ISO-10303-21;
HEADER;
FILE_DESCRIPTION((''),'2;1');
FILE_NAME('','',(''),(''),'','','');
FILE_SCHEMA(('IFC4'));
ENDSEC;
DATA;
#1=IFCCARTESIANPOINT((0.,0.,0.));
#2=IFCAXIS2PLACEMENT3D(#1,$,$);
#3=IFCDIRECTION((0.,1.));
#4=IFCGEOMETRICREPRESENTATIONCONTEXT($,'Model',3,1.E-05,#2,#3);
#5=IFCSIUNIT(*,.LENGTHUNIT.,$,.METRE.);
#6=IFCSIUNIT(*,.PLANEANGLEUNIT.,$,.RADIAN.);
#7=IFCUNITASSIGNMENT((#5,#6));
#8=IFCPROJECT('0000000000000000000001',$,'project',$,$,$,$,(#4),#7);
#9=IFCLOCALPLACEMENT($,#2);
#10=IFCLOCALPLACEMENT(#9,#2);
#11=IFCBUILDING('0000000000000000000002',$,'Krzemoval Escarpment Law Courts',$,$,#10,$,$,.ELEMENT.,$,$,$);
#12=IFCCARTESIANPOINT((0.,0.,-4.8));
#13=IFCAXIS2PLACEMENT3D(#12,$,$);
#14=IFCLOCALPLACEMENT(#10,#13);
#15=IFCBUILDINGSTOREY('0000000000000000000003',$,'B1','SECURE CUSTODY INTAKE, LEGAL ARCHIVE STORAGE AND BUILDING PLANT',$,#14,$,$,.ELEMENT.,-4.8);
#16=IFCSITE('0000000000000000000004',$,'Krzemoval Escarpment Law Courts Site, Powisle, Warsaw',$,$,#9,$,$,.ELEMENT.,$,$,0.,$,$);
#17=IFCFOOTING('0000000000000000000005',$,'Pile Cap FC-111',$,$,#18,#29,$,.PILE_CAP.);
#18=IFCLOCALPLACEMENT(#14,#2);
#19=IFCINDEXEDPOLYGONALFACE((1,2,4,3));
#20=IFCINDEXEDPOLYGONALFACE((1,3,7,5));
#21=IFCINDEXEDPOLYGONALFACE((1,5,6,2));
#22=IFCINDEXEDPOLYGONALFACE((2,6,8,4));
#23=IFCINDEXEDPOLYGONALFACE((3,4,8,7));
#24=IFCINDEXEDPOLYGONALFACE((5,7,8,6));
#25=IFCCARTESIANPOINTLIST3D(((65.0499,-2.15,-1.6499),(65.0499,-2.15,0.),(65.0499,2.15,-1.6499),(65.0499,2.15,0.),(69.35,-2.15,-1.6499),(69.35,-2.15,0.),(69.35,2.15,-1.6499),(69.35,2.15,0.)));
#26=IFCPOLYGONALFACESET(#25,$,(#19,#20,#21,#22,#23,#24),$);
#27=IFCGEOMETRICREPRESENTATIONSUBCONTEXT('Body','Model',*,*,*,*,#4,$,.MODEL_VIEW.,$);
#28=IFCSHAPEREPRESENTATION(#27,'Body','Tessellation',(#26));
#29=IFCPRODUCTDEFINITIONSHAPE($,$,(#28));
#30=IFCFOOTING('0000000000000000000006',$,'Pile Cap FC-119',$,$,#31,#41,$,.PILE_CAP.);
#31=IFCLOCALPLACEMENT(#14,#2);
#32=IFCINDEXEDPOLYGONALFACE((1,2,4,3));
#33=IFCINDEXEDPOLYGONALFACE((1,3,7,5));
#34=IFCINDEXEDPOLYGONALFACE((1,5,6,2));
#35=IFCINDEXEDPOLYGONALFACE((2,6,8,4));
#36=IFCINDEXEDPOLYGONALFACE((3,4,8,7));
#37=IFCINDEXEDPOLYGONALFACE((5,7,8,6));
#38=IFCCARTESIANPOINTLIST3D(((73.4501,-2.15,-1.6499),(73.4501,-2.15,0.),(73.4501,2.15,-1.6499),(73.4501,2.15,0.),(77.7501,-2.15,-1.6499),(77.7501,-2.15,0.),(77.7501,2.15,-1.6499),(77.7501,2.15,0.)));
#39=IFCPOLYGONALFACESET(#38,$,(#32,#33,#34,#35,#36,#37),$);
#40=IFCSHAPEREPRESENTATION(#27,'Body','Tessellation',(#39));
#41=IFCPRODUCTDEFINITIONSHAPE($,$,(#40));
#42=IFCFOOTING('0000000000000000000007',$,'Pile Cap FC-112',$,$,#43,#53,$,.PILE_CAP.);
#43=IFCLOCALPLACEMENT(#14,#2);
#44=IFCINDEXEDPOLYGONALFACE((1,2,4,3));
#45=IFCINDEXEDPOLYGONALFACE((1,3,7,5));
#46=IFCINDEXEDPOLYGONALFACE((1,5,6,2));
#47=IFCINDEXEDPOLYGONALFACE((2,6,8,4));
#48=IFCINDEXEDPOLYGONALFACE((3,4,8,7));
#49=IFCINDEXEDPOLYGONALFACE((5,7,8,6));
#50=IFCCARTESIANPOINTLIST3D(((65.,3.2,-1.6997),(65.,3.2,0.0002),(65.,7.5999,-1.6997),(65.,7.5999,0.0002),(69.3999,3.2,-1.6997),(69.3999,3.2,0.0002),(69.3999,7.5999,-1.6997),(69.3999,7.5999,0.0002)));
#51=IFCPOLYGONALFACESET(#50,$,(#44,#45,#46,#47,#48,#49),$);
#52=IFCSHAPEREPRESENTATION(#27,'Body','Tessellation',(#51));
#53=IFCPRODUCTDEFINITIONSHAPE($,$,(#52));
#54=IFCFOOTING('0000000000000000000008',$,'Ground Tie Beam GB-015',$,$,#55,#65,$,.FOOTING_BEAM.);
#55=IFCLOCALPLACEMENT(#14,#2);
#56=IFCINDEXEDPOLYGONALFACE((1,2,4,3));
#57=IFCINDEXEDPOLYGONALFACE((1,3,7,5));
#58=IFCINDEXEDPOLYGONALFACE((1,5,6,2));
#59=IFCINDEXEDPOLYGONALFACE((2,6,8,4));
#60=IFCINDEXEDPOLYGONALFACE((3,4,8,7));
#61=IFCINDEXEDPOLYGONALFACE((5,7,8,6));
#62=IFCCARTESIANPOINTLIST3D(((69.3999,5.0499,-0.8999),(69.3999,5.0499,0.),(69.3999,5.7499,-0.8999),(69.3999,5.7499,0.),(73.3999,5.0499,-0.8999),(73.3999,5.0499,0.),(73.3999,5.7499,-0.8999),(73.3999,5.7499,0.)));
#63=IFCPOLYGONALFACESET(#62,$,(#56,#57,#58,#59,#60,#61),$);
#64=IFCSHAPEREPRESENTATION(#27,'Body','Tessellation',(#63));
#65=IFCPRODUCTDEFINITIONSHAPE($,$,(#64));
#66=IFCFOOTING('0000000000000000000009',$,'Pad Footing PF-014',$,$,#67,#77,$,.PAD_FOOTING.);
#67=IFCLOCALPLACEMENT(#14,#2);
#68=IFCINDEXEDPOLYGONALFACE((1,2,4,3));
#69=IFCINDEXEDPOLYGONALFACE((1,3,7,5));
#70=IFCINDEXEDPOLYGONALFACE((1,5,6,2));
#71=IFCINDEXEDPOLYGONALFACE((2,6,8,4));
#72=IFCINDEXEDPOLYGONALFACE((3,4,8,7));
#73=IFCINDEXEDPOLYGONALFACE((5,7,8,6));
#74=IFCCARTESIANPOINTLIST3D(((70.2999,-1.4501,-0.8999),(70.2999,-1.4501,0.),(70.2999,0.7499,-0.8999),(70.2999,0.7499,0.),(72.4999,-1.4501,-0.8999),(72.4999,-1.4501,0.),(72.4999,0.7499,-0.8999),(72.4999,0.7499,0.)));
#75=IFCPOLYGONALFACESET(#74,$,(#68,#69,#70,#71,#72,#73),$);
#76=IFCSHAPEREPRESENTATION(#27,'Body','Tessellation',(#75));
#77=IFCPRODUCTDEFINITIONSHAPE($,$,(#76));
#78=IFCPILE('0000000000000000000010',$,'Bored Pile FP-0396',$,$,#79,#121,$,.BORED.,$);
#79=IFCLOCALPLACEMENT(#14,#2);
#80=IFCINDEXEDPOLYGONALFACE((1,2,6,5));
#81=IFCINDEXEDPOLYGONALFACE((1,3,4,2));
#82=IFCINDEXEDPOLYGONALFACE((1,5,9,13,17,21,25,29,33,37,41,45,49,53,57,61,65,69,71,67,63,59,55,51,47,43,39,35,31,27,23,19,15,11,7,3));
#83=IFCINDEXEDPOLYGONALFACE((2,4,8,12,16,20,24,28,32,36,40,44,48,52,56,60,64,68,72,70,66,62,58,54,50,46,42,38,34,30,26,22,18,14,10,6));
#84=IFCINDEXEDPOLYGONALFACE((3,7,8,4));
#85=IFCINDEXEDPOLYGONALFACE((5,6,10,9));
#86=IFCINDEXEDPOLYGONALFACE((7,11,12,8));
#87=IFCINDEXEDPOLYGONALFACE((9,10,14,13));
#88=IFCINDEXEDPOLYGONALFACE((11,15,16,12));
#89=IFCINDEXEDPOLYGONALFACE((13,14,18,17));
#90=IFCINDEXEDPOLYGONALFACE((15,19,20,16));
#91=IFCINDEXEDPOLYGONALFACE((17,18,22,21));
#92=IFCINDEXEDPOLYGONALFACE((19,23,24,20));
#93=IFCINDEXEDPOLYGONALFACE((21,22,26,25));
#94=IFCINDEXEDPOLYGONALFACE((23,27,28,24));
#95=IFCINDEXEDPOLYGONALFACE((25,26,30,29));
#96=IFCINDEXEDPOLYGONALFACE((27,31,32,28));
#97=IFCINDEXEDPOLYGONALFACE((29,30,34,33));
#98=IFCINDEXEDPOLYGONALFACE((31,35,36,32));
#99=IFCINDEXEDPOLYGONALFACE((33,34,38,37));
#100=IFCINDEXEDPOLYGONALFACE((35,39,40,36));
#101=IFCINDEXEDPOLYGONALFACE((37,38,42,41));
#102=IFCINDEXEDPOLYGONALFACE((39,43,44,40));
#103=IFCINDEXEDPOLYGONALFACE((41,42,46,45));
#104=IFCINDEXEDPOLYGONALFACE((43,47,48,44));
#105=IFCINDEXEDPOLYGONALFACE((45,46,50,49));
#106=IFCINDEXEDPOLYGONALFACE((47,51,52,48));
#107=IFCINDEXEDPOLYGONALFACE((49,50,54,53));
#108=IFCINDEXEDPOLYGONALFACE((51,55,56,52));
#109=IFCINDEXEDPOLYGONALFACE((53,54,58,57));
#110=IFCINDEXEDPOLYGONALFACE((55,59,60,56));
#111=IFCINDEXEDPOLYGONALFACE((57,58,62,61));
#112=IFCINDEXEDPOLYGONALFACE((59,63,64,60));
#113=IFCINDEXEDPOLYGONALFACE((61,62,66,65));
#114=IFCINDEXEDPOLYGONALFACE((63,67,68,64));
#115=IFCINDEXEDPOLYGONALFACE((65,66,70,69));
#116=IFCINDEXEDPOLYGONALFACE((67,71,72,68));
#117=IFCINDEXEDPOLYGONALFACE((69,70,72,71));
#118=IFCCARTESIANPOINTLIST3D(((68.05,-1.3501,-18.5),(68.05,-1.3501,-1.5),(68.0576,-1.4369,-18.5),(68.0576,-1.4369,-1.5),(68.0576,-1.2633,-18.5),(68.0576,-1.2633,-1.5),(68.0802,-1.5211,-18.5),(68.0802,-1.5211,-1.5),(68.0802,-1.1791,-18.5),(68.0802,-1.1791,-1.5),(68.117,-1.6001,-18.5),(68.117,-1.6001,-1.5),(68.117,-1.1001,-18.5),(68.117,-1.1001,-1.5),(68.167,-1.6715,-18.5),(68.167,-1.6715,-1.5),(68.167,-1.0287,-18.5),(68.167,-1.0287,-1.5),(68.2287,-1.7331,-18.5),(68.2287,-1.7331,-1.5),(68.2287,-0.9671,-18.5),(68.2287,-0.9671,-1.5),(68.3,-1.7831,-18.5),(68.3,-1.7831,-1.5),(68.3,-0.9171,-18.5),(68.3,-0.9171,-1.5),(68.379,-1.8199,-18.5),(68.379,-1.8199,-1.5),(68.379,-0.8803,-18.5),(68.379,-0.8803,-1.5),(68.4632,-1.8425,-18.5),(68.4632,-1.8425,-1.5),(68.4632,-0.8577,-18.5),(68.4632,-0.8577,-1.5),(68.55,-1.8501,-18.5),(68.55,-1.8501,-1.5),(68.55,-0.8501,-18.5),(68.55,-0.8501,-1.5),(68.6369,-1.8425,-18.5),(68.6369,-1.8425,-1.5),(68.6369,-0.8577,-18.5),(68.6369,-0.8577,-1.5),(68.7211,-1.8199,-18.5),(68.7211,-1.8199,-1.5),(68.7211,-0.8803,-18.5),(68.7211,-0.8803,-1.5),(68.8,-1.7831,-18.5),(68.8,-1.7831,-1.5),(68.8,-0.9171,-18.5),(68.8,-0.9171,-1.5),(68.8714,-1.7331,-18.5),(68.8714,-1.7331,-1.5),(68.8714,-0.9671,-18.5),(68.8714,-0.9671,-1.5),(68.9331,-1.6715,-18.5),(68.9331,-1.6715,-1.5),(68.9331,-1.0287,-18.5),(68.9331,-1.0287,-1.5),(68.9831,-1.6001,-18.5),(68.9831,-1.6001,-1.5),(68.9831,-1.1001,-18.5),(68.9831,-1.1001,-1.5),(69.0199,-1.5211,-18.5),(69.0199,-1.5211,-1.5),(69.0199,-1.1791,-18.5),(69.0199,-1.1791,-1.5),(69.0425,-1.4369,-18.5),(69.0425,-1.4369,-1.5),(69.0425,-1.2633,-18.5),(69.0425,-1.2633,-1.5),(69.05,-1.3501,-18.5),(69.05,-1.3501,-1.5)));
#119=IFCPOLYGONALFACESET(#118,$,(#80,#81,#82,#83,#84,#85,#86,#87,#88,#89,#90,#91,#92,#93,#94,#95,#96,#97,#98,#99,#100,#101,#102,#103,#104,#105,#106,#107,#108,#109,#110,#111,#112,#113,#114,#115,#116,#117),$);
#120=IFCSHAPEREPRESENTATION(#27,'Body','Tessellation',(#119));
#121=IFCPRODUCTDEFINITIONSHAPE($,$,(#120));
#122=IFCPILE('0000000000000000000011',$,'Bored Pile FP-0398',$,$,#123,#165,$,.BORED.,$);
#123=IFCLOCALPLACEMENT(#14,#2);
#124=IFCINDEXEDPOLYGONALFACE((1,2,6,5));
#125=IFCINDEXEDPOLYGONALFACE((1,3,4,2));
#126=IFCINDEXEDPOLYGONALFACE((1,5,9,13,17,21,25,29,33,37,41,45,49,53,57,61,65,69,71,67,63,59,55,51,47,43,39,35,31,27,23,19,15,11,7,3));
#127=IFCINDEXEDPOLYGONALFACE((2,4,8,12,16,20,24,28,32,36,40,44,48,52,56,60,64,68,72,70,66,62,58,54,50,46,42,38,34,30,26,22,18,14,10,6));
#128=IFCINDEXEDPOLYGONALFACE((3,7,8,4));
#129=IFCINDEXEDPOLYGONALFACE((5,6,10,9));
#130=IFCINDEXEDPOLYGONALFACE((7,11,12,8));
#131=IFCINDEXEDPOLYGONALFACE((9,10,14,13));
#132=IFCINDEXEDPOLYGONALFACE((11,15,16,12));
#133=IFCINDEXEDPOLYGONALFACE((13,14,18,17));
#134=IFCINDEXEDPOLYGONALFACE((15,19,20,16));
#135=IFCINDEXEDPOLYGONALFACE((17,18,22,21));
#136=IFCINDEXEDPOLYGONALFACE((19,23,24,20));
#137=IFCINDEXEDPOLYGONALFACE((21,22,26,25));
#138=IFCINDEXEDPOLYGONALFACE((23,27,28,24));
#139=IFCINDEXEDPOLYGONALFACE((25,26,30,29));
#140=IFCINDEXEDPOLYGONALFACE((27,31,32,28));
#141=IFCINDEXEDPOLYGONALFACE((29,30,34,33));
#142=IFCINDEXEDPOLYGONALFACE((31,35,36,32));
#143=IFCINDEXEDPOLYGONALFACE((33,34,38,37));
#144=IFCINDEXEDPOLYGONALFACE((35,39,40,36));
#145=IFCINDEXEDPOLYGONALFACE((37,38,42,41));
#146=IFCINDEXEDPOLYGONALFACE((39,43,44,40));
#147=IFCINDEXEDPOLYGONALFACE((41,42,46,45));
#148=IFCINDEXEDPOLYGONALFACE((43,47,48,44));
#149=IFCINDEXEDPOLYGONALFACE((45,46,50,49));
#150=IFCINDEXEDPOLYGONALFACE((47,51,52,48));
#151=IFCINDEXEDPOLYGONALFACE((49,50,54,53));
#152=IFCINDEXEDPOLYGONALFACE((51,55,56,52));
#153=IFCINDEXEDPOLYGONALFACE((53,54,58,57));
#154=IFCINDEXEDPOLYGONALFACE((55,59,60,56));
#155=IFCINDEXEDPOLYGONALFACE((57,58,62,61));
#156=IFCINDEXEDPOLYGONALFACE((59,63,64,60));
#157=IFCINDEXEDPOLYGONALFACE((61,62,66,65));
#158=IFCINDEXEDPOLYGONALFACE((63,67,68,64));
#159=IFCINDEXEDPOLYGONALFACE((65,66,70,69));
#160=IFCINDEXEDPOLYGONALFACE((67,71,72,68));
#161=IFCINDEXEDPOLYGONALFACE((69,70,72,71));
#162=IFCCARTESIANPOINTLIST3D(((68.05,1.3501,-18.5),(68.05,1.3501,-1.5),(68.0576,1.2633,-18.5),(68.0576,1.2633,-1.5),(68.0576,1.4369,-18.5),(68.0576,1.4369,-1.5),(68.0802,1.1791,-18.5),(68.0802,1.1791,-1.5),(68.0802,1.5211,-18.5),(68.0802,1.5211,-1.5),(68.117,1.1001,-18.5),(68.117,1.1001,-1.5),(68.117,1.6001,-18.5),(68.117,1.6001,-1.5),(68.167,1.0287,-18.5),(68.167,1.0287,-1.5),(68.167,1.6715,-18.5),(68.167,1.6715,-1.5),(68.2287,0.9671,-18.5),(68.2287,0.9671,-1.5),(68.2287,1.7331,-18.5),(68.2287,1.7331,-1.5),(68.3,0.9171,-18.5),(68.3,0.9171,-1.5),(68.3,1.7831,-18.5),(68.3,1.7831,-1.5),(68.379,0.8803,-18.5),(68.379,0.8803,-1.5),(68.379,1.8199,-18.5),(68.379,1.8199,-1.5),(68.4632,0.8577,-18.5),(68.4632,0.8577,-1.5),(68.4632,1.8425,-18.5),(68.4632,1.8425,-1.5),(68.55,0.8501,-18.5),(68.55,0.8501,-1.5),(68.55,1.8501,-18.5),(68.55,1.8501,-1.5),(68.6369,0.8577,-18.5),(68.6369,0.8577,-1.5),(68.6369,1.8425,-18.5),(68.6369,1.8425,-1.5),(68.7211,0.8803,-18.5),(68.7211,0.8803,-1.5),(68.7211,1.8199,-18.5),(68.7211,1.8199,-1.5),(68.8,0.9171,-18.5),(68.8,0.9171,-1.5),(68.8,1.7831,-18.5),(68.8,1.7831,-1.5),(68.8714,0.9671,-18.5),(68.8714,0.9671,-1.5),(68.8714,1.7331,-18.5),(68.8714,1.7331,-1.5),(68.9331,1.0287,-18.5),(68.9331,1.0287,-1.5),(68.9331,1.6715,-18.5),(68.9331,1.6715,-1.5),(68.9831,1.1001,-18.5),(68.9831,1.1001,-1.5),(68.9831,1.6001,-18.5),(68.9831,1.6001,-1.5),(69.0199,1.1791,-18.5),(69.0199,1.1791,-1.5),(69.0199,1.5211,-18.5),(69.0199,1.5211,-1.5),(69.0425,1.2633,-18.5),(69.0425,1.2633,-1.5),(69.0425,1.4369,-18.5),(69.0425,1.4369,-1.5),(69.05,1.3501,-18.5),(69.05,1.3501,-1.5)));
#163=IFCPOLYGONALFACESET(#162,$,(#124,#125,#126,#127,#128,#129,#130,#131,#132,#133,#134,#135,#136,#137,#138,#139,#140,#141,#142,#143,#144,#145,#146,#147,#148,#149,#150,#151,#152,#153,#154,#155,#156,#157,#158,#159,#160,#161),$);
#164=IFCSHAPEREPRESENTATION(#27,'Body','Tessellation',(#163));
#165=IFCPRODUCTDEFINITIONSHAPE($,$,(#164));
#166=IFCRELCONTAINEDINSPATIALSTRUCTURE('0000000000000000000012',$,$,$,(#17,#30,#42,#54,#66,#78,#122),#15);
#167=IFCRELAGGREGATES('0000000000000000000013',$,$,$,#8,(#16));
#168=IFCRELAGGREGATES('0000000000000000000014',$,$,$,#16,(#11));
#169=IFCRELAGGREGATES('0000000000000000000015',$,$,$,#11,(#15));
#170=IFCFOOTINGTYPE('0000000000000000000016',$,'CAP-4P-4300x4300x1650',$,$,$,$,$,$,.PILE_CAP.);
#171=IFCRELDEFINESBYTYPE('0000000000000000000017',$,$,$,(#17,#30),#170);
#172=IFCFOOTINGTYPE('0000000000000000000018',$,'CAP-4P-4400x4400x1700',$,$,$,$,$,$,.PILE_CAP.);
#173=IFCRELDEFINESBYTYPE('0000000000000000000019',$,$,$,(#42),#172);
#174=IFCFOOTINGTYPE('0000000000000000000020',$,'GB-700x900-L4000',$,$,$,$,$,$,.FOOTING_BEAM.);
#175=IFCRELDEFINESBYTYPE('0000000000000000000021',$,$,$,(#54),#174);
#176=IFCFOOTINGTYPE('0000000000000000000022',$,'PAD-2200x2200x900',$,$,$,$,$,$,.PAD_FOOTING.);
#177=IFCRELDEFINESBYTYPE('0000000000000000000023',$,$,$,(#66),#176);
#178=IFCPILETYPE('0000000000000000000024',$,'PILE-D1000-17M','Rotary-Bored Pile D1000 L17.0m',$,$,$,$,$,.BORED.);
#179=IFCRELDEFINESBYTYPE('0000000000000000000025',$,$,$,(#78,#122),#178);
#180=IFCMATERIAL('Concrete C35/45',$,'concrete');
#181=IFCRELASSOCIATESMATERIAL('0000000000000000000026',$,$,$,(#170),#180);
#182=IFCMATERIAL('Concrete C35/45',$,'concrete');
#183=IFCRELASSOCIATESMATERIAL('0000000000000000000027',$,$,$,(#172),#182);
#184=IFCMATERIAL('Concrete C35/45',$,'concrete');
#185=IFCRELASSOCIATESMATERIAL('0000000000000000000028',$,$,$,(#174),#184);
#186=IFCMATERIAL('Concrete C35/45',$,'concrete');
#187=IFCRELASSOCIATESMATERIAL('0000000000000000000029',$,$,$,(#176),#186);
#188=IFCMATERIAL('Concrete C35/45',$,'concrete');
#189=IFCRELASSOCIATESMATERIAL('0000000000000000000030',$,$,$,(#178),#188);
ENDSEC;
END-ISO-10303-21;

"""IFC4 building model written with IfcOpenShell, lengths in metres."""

from ifc_helpers import new_model, si_unit, direction, frame, origin, origin_2d, place, context, subcontext, project, spatial, rectangle, circle, extrude, material, material_profile, profile_set, type_object, element, save


model = new_model("IFC4")

# Units and contexts
model_context = context("Model", 3, precision=1e-05, world=origin(), true_north=direction((0.0, 1.0)))
body_context = subcontext(model_context, "Body", "Model", "MODEL_VIEW")
ifc_project = project(units=[si_unit("LENGTHUNIT", "METRE"), si_unit("PLANEANGLEUNIT", "RADIAN")], contexts=[model_context])

# Site, building, storey
site_placement = place(None, origin())
site = spatial("IfcSite", under=ifc_project, at=site_placement, Name="Krzemoval Escarpment Law Courts Site, Powisle, Warsaw", CompositionType="ELEMENT", RefElevation=0.0)
building_placement = place(site_placement, origin())
building = spatial("IfcBuilding", under=site, at=building_placement, Name="Krzemoval Escarpment Law Courts", CompositionType="ELEMENT")
storey_placement = place(building_placement, frame((0.0, 0.0, -4.8)))
storey = spatial("IfcBuildingStorey", under=building, at=storey_placement, Name="B1", Description="SECURE CUSTODY INTAKE, LEGAL ARCHIVE STORAGE AND BUILDING PLANT", CompositionType="ELEMENT", Elevation=-4.8)

# Footings
ifc_material_1 = material(Name="Concrete C35/45", Category="concrete")
footing_type_1 = type_object("IfcFootingType", Name="CAP-4P-4300x4300x1650", PredefinedType="PILE_CAP", material=ifc_material_1)
for number, where, z_axis, x_axis, name in (
    (1, (67.2, 0.0, -1.6499), (0.0, 0.0, 1.0), (1.0, 0.0, 0.0), "Pile Cap FC-111"),
    (2, (75.6001, 0.0, -1.6499), (0.0, 0.0, 1.0), (1.0, 0.0, 0.0), "Pile Cap FC-119"),
):
    element("IfcFooting", number, at=place(storey_placement, frame(where, z_axis=z_axis, x_axis=x_axis)), inside=storey, type_object=footing_type_1, Name=name, PredefinedType="PILE_CAP", context=body_context, shape_type="SweptSolid", body=[
        extrude(rectangle(XDim=4.3, YDim=4.3, at=origin_2d()), origin(), (0.0, 0.0, 1.0), 1.6499),
    ])
ifc_material_2 = material(Name="Concrete C35/45", Category="concrete")
footing_type_2 = type_object("IfcFootingType", Name="CAP-4P-4400x4400x1700", PredefinedType="PILE_CAP", material=ifc_material_2)
footing_1_placement = place(storey_placement, frame((67.2, 5.3999, -1.6997), z_axis=(0.0, 0.0, 1.0), x_axis=(1.0, 0.0, 0.0)))
element("IfcFooting", 3, at=footing_1_placement, inside=storey, type_object=footing_type_2, Name="Pile Cap FC-112", PredefinedType="PILE_CAP", context=body_context, shape_type="SweptSolid", body=[
    extrude(rectangle(XDim=4.3999, YDim=4.3999, at=origin_2d()), origin(), (0.0, 0.0, 1.0), 1.7),
])
ifc_material_3 = material(Name="Concrete C35/45", Category="concrete")
footing_type_3 = type_object("IfcFootingType", Name="GB-700x900-L4000", PredefinedType="FOOTING_BEAM", material=ifc_material_3)
footing_2_placement = place(storey_placement, frame((71.3999, 5.3999, -0.8999), z_axis=(0.0, 0.0, 1.0), x_axis=(1.0, 0.0, 0.0)))
element("IfcFooting", 4, at=footing_2_placement, inside=storey, type_object=footing_type_3, Name="Ground Tie Beam GB-015", PredefinedType="FOOTING_BEAM", context=body_context, shape_type="SweptSolid", body=[
    extrude(rectangle(XDim=4.0, YDim=0.7, at=origin_2d()), origin(), (0.0, 0.0, 1.0), 0.8999),
])
ifc_material_4 = material(Name="Concrete C35/45", Category="concrete")
footing_type_4 = type_object("IfcFootingType", Name="PAD-2200x2200x900", PredefinedType="PAD_FOOTING", material=ifc_material_4)
footing_3_placement = place(storey_placement, frame((71.3999, -0.3501, -0.8999), z_axis=(0.0, 0.0, 1.0), x_axis=(1.0, 0.0, 0.0)))
element("IfcFooting", 5, at=footing_3_placement, inside=storey, type_object=footing_type_4, Name="Pad Footing PF-014", PredefinedType="PAD_FOOTING", context=body_context, shape_type="SweptSolid", body=[
    extrude(rectangle(XDim=2.2, YDim=2.2, at=origin_2d()), origin(), (0.0, 0.0, 1.0), 0.8999),
])

# Piles
ifc_material_5 = material(Name="Concrete C35/45", Category="concrete")
ifc_material_profile_1 = material_profile(ifc_material_5, circle(Radius=0.5, at=origin_2d()), Name="PILE D1000")
ifc_profile_set_1 = profile_set([ifc_material_profile_1], Name="Concrete C35/45")
pile_type = type_object("IfcPileType", Name="PILE-D1000-17M", Description="Rotary-Bored Pile D1000 L17.0m", PredefinedType="BORED", material=ifc_profile_set_1)
for number, where, z_axis, x_axis, name in (
    (6, (68.55, -1.3501, -1.5), (0.0, 0.0, -1.0), (1.0, 0.0, 0.0), "Bored Pile FP-0396"),
    (7, (68.55, 1.3501, -1.5), (0.0, 0.0, -1.0), (1.0, 0.0, 0.0), "Bored Pile FP-0398"),
):
    element("IfcPile", number, at=place(storey_placement, frame(where, z_axis=z_axis, x_axis=x_axis)), inside=storey, type_object=pile_type, Name=name, PredefinedType="BORED", context=body_context, shape_type="SweptSolid", body=[
        extrude(circle(Radius=0.5, at=origin_2d()), origin(), (0.0, 0.0, 1.0), 17.0),
    ])

save(model, "model.ifc")
